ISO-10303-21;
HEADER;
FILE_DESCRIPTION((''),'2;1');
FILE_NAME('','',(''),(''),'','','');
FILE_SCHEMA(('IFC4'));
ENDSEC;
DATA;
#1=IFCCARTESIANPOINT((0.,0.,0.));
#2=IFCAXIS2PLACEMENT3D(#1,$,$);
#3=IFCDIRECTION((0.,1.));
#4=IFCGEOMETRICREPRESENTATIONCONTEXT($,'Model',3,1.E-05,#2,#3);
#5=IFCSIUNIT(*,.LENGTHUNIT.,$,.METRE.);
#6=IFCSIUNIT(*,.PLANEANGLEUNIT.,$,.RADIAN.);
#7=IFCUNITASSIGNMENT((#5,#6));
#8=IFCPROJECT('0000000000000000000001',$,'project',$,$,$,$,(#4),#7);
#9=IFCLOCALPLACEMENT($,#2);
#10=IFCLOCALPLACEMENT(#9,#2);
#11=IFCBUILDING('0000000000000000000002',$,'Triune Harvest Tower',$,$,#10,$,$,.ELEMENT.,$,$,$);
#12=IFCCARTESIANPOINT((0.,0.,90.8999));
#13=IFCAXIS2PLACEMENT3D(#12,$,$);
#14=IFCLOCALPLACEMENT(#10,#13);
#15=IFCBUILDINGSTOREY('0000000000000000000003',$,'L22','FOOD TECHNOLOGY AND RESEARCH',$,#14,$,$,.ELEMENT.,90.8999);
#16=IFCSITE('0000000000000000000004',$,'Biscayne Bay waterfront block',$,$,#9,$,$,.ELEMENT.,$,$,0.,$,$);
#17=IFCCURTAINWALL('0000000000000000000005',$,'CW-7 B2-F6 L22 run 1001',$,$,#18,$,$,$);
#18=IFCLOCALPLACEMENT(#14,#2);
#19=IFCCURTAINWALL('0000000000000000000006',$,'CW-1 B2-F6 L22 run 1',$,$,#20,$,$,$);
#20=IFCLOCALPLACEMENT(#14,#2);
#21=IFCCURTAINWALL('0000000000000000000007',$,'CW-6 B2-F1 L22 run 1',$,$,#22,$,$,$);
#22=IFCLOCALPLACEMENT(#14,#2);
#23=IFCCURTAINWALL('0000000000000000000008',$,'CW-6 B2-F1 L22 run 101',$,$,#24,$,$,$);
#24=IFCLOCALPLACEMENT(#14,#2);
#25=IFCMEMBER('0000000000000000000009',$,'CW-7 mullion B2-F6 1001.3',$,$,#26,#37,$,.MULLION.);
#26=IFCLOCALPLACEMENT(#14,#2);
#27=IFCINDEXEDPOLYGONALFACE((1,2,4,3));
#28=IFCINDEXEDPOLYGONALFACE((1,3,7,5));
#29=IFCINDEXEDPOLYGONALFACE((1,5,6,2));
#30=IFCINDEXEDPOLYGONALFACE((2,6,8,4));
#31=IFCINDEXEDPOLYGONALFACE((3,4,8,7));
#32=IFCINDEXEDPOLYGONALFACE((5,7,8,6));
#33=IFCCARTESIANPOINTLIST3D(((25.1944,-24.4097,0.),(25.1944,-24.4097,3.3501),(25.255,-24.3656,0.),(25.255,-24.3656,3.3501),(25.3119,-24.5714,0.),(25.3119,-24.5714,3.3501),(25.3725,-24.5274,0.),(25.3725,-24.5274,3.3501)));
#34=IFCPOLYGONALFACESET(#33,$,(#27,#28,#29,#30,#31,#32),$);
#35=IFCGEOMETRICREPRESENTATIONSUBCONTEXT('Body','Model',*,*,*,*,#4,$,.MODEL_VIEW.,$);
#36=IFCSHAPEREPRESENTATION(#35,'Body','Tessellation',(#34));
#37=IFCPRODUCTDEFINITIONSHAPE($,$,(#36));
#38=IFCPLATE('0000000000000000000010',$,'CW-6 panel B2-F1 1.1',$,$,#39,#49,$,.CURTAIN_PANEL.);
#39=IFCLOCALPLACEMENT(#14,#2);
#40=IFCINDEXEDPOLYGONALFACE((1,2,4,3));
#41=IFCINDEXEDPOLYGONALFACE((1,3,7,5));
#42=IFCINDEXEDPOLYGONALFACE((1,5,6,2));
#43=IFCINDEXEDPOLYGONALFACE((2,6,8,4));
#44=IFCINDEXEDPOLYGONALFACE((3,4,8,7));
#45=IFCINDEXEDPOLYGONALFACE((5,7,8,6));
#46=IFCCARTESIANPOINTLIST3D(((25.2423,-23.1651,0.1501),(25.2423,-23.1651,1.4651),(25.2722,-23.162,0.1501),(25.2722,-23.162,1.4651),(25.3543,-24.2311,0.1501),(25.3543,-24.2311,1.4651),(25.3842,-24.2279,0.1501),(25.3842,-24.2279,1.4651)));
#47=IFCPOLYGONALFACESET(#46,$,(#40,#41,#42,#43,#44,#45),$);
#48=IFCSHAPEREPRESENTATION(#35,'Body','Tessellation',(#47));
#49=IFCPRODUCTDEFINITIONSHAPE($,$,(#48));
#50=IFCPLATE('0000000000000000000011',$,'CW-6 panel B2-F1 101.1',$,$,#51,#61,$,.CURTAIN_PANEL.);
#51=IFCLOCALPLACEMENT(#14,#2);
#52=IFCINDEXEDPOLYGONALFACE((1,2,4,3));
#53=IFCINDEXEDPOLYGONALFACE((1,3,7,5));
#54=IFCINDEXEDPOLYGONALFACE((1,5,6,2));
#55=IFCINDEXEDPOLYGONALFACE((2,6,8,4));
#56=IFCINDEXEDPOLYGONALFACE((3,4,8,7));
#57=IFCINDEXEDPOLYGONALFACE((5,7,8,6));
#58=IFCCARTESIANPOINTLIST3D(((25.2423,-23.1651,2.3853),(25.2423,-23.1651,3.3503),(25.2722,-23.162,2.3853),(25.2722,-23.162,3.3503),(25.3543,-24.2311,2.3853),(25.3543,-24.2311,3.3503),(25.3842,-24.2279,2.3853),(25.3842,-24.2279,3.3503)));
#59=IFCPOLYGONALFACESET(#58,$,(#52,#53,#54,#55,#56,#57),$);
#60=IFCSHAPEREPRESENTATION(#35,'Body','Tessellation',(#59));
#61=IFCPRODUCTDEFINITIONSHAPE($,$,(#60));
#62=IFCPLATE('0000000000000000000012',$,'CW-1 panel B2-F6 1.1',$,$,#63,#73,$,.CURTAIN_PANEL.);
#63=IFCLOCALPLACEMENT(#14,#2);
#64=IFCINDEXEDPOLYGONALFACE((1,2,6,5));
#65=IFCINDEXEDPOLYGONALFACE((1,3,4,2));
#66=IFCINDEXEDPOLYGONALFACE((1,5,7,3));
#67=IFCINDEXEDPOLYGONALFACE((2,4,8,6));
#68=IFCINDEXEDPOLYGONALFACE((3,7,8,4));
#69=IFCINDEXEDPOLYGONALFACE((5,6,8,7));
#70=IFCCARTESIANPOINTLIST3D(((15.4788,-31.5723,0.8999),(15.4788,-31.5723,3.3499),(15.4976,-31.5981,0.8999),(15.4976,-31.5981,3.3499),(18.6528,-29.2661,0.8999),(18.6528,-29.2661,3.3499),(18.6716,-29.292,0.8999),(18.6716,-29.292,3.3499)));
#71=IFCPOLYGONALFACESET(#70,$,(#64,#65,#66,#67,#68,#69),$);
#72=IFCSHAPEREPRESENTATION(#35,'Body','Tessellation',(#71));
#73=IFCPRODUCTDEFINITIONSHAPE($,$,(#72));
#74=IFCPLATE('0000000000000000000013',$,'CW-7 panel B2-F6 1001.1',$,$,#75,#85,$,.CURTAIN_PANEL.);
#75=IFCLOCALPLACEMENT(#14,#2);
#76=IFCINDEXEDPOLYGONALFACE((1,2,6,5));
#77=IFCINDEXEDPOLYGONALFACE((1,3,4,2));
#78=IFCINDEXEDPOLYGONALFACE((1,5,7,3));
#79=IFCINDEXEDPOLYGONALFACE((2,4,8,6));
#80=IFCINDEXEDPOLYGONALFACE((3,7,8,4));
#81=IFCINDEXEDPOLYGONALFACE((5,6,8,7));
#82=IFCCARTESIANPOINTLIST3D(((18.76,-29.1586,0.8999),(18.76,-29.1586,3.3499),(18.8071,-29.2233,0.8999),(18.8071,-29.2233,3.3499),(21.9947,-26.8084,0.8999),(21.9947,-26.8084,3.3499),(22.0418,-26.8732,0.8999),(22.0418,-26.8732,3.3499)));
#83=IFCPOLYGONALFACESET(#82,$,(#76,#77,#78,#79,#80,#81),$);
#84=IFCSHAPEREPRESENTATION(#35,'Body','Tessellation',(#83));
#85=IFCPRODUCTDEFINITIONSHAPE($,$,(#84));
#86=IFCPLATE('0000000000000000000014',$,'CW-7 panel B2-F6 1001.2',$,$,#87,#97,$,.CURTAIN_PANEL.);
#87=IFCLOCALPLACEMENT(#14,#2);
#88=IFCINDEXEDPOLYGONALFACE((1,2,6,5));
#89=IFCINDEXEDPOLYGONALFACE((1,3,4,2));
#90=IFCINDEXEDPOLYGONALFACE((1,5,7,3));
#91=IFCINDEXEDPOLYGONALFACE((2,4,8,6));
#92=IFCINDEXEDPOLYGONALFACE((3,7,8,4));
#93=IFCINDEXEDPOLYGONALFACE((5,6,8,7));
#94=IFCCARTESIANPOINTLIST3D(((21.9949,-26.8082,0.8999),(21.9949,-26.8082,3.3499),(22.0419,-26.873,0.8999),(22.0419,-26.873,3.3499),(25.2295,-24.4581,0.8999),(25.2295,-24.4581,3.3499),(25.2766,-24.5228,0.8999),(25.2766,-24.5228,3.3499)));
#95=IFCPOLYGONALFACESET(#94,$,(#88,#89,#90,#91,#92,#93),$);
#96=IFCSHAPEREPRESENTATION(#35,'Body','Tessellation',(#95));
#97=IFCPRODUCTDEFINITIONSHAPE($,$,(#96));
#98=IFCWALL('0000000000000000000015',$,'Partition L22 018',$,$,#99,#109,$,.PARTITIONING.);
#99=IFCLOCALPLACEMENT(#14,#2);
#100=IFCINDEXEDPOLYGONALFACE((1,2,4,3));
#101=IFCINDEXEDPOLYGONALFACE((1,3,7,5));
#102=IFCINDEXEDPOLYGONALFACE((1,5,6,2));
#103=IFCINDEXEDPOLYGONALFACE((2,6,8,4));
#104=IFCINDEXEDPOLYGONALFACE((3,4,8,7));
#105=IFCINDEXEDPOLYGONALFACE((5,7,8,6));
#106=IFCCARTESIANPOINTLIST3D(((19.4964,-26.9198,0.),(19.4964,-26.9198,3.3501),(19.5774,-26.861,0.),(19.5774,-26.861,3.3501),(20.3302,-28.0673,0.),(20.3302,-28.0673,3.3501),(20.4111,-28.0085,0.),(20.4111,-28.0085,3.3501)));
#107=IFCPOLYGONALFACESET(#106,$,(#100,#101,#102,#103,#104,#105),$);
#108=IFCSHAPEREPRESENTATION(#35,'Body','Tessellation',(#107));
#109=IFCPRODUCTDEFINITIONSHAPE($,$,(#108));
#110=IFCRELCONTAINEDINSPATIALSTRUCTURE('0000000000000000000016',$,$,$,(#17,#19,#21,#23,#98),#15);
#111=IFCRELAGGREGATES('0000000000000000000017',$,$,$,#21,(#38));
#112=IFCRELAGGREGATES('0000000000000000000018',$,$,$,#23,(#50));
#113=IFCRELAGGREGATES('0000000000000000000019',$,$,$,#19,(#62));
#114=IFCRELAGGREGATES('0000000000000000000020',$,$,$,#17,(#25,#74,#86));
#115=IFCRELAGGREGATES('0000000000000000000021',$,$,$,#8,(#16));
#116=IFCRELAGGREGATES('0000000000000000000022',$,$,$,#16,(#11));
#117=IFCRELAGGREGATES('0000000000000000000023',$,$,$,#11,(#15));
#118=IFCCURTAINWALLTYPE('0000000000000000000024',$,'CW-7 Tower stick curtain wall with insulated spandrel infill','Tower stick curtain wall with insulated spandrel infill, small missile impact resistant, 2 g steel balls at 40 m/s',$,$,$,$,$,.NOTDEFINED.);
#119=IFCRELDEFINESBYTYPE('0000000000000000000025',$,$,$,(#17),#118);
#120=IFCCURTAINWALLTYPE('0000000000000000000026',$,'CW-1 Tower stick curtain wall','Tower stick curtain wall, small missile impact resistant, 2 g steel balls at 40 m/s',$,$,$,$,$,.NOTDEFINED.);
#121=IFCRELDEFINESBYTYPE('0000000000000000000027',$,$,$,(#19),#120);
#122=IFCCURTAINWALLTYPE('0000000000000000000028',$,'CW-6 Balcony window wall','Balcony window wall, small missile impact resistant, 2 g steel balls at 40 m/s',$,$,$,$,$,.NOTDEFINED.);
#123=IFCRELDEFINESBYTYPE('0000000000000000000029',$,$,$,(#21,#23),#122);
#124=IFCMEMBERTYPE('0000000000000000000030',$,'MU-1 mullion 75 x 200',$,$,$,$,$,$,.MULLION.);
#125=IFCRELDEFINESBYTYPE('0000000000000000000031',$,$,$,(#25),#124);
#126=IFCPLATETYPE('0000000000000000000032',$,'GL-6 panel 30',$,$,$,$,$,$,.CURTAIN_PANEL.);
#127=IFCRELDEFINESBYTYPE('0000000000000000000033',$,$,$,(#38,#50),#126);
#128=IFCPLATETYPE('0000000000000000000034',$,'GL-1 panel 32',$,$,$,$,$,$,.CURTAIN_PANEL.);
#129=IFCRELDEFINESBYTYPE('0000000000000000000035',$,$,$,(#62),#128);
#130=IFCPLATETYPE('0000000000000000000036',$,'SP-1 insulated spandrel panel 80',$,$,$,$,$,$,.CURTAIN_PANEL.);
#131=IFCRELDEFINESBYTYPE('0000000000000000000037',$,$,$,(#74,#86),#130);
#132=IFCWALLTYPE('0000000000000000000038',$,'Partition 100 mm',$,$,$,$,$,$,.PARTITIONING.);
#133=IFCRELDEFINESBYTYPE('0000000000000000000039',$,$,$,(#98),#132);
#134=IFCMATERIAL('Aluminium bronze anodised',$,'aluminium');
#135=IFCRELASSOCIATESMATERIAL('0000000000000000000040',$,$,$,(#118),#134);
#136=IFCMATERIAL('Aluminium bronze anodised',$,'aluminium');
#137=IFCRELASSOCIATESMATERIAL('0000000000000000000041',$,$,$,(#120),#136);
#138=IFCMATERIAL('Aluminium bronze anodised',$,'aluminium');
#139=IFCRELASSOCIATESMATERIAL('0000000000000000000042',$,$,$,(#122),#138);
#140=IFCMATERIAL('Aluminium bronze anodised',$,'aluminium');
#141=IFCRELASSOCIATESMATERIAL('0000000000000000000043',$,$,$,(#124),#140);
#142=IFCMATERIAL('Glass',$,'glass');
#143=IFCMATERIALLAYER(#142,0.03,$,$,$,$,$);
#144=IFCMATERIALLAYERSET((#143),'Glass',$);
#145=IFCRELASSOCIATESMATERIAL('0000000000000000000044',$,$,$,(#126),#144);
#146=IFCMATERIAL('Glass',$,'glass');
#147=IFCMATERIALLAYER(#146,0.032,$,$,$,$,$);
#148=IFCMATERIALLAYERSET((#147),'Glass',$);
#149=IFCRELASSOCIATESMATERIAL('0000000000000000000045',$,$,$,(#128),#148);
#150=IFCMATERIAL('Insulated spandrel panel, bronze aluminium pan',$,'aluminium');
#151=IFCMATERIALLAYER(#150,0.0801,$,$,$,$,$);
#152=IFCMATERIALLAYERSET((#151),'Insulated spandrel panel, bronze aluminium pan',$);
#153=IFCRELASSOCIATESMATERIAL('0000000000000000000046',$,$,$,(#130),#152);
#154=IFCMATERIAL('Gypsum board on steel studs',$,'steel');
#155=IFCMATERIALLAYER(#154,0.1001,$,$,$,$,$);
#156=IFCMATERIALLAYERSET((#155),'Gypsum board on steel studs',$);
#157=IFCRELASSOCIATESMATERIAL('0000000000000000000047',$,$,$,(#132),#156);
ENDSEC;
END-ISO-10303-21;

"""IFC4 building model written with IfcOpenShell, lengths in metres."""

from ifc_helpers import new_model, si_unit, direction, frame, frame_2d, origin, origin_2d, place, context, subcontext, project, spatial, rectangle, extrude, source, transform, mapped, material, layer, layer_set, material_profile, profile_set, type_object, element, aggregate, save


model = new_model("IFC4")

# Units and contexts
model_context = context("Model", 3, precision=1e-05, world=origin(), true_north=direction((0.0, 1.0)))
body_context = subcontext(model_context, "Body", "Model", "MODEL_VIEW")
ifc_project = project(units=[si_unit("LENGTHUNIT", "METRE"), si_unit("PLANEANGLEUNIT", "RADIAN")], contexts=[model_context])

# Site, building, storey
site_placement = place(None, origin())
site = spatial("IfcSite", under=ifc_project, at=site_placement, Name="Biscayne Bay waterfront block", CompositionType="ELEMENT", RefElevation=0.0)
building_placement = place(site_placement, origin())
building = spatial("IfcBuilding", under=site, at=building_placement, Name="Triune Harvest Tower", CompositionType="ELEMENT")
storey_placement = place(building_placement, frame((0.0, 0.0, 90.8999)))
storey = spatial("IfcBuildingStorey", under=building, at=storey_placement, Name="L22", Description="FOOD TECHNOLOGY AND RESEARCH", CompositionType="ELEMENT", Elevation=90.8999)

# Curtain walls
ifc_material_1 = material(Name="Aluminium bronze anodised", Category="aluminium")
curtain_wall_type_1 = type_object("IfcCurtainWallType", Name="CW-7 Tower stick curtain wall with insulated spandrel infill", Description="Tower stick curtain wall with insulated spandrel infill, small missile impact resistant, 2 g steel balls at 40 m/s", PredefinedType="NOTDEFINED", material=ifc_material_1)
curtain_wall_1_placement = place(storey_placement, origin())
curtain_wall_1 = element("IfcCurtainWall", 1, at=curtain_wall_1_placement, inside=storey, type_object=curtain_wall_type_1, Name="CW-7 B2-F6 L22 run 1001")
ifc_material_2 = material(Name="Aluminium bronze anodised", Category="aluminium")
curtain_wall_type_2 = type_object("IfcCurtainWallType", Name="CW-1 Tower stick curtain wall", Description="Tower stick curtain wall, small missile impact resistant, 2 g steel balls at 40 m/s", PredefinedType="NOTDEFINED", material=ifc_material_2)
curtain_wall_2_placement = place(storey_placement, origin())
curtain_wall_2 = element("IfcCurtainWall", 2, at=curtain_wall_2_placement, inside=storey, type_object=curtain_wall_type_2, Name="CW-1 B2-F6 L22 run 1")

# Curtain walls
ifc_material_3 = material(Name="Aluminium bronze anodised", Category="aluminium")
curtain_wall_type_3 = type_object("IfcCurtainWallType", Name="CW-6 Balcony window wall", Description="Balcony window wall, small missile impact resistant, 2 g steel balls at 40 m/s", PredefinedType="NOTDEFINED", material=ifc_material_3)
curtain_wall_3_placement = place(storey_placement, origin())
curtain_wall_3 = element("IfcCurtainWall", 3, at=curtain_wall_3_placement, inside=storey, type_object=curtain_wall_type_3, Name="CW-6 B2-F1 L22 run 1")
curtain_wall_4_placement = place(storey_placement, origin())
curtain_wall_4 = element("IfcCurtainWall", 4, at=curtain_wall_4_placement, inside=storey, type_object=curtain_wall_type_3, Name="CW-6 B2-F1 L22 run 101")

# Member
ifc_material_4 = material(Name="Aluminium bronze anodised", Category="aluminium")
ifc_material_profile_1 = material_profile(ifc_material_4, rectangle(XDim=0.2, YDim=0.075, at=origin_2d()), Name="MU-1 mullion 75 x 200")
ifc_profile_set_1 = profile_set([ifc_material_profile_1], Name="Aluminium bronze anodised")
member_type_1 = type_object("IfcMemberType", Name="MU-1 mullion 75 x 200", PredefinedType="MULLION", material=ifc_profile_set_1)
shared_shape_1 = source(origin(), body_context, "Body", "SweptSolid", [
    extrude(rectangle(XDim=0.2, YDim=0.075, at=origin_2d()), origin(), (0.0, 0.0, 1.0), 3.3501),
])
member_1_placement = place(storey_placement, frame((25.2834, -24.4685, 0.0), z_axis=(0.0, 0.0, 1.0), x_axis=(-0.587788, 0.809015, 0.0)))
member_1 = element("IfcMember", 5, at=member_1_placement, type_object=member_type_1, Name="CW-7 mullion B2-F6 1001.3", PredefinedType="MULLION", context=body_context, shape_type="MappedRepresentation", body=[
    mapped(shared_shape_1, transform((0.0, 0.0, 0.0), scale=1.0)),
])

# Plates
ifc_material_5 = material(Name="Glass", Category="glass")
ifc_layer_1 = layer(ifc_material_5, 0.03)
ifc_layer_set_1 = layer_set([ifc_layer_1], Name="Glass")
plate_type_1 = type_object("IfcPlateType", Name="GL-6 panel 30", PredefinedType="CURTAIN_PANEL", material=ifc_layer_set_1)
shared_shape_2 = source(origin(), body_context, "Body", "SweptSolid", [
    extrude(rectangle(XDim=1.0718, YDim=0.03, at=origin_2d()), origin(), (0.0, 0.0, 1.0), 1.3149),
])
plate_1_placement = place(storey_placement, frame((25.3132, -23.6965, 0.1501), z_axis=(0.0, 0.0, 1.0), x_axis=(-0.104519, 0.994523, 0.0)))
plate_1 = element("IfcPlate", 6, at=plate_1_placement, type_object=plate_type_1, Name="CW-6 panel B2-F1 1.1", PredefinedType="CURTAIN_PANEL", context=body_context, shape_type="MappedRepresentation", body=[
    mapped(shared_shape_2, transform((0.0, 0.0, 0.0), scale=1.0)),
])
aggregate(curtain_wall_3, [plate_1])
shared_shape_3 = source(origin(), body_context, "Body", "SweptSolid", [
    extrude(rectangle(XDim=1.0718, YDim=0.03, at=origin_2d()), origin(), (0.0, 0.0, 1.0), 0.9651),
])
plate_2_placement = place(storey_placement, frame((25.3132, -23.6965, 2.3853), z_axis=(0.0, 0.0, 1.0), x_axis=(-0.104519, 0.994523, 0.0)))
plate_2 = element("IfcPlate", 7, at=plate_2_placement, type_object=plate_type_1, Name="CW-6 panel B2-F1 101.1", PredefinedType="CURTAIN_PANEL", context=body_context, shape_type="MappedRepresentation", body=[
    mapped(shared_shape_3, transform((0.0, 0.0, 0.0), scale=1.0)),
])
aggregate(curtain_wall_4, [plate_2])
ifc_material_6 = material(Name="Glass", Category="glass")
ifc_layer_2 = layer(ifc_material_6, 0.032)
ifc_layer_set_2 = layer_set([ifc_layer_2], Name="Glass")
plate_type_2 = type_object("IfcPlateType", Name="GL-1 panel 32", PredefinedType="CURTAIN_PANEL", material=ifc_layer_set_2)
shared_shape_4 = source(origin(), body_context, "Body", "SweptSolid", [
    extrude(rectangle(XDim=3.9233, YDim=0.032, at=origin_2d()), origin(), (0.0, 0.0, 1.0), 2.45),
])
plate_3_placement = place(storey_placement, frame((17.0752, -30.4321, 0.8999), z_axis=(0.0, 0.0, 1.0), x_axis=(0.80901, 0.587795, 0.0)))
plate_3 = element("IfcPlate", 8, at=plate_3_placement, type_object=plate_type_2, Name="CW-1 panel B2-F6 1.1", PredefinedType="CURTAIN_PANEL", context=body_context, shape_type="MappedRepresentation", body=[
    mapped(shared_shape_4, transform((0.0, 0.0, 0.0), scale=1.0)),
])
aggregate(curtain_wall_2, [plate_3])
ifc_material_7 = material(Name="Insulated spandrel panel, bronze aluminium pan", Category="aluminium")
ifc_layer_3 = layer(ifc_material_7, 0.0801)
ifc_layer_set_3 = layer_set([ifc_layer_3], Name="Insulated spandrel panel, bronze aluminium pan")
plate_type_3 = type_object("IfcPlateType", Name="SP-1 insulated spandrel panel 80", PredefinedType="CURTAIN_PANEL", material=ifc_layer_set_3)
shared_shape_5 = source(origin(), body_context, "Body", "SweptSolid", [
    extrude(rectangle(XDim=3.9983, YDim=0.0801, at=origin_2d()), origin(), (0.0, 0.0, 1.0), 2.45),
])
plate_4_placement = place(storey_placement, frame((20.4009, -28.0159, 0.8999), z_axis=(0.0, 0.0, 1.0), x_axis=(0.809015, 0.587788, 0.0)))
plate_4 = element("IfcPlate", 9, at=plate_4_placement, type_object=plate_type_3, Name="CW-7 panel B2-F6 1001.1", PredefinedType="CURTAIN_PANEL", context=body_context, shape_type="MappedRepresentation", body=[
    mapped(shared_shape_5, transform((0.0, 0.0, 0.0), scale=1.0)),
])
plate_5_placement = place(storey_placement, frame((23.6357, -25.6655, 0.8999), z_axis=(0.0, 0.0, 1.0), x_axis=(0.809015, 0.587788, 0.0)))
plate_5 = element("IfcPlate", 10, at=plate_5_placement, type_object=plate_type_3, Name="CW-7 panel B2-F6 1001.2", PredefinedType="CURTAIN_PANEL", context=body_context, shape_type="MappedRepresentation", body=[
    mapped(shared_shape_5, transform((0.0, 0.0, 0.0), scale=1.0)),
])
aggregate(curtain_wall_1, [member_1, plate_4, plate_5])

# Wall
ifc_material_8 = material(Name="Gypsum board on steel studs", Category="steel")
ifc_layer_4 = layer(ifc_material_8, 0.1001)
ifc_layer_set_4 = layer_set([ifc_layer_4], Name="Gypsum board on steel studs")
wall_type = type_object("IfcWallType", Name="Partition 100 mm", PredefinedType="PARTITIONING", material=ifc_layer_set_4)
shared_shape_6 = source(origin(), body_context, "Body", "SweptSolid", [
    extrude(rectangle(XDim=1.4185, YDim=0.1001, at=frame_2d((0.7092, 0.0))), origin(), (0.0, 0.0, 1.0), 3.3501),
])
wall_placement = place(storey_placement, frame((19.5369, -26.8904, 0.0), z_axis=(0.0, 0.0, 1.0), x_axis=(0.587813, -0.808997, 0.0)))
element("IfcWall", 11, at=wall_placement, inside=storey, type_object=wall_type, Name="Partition L22 018", PredefinedType="PARTITIONING", context=body_context, shape_type="MappedRepresentation", body=[
    mapped(shared_shape_6, transform((0.0, 0.0, 0.0), scale=1.0)),
])

save(model, "model.ifc")
